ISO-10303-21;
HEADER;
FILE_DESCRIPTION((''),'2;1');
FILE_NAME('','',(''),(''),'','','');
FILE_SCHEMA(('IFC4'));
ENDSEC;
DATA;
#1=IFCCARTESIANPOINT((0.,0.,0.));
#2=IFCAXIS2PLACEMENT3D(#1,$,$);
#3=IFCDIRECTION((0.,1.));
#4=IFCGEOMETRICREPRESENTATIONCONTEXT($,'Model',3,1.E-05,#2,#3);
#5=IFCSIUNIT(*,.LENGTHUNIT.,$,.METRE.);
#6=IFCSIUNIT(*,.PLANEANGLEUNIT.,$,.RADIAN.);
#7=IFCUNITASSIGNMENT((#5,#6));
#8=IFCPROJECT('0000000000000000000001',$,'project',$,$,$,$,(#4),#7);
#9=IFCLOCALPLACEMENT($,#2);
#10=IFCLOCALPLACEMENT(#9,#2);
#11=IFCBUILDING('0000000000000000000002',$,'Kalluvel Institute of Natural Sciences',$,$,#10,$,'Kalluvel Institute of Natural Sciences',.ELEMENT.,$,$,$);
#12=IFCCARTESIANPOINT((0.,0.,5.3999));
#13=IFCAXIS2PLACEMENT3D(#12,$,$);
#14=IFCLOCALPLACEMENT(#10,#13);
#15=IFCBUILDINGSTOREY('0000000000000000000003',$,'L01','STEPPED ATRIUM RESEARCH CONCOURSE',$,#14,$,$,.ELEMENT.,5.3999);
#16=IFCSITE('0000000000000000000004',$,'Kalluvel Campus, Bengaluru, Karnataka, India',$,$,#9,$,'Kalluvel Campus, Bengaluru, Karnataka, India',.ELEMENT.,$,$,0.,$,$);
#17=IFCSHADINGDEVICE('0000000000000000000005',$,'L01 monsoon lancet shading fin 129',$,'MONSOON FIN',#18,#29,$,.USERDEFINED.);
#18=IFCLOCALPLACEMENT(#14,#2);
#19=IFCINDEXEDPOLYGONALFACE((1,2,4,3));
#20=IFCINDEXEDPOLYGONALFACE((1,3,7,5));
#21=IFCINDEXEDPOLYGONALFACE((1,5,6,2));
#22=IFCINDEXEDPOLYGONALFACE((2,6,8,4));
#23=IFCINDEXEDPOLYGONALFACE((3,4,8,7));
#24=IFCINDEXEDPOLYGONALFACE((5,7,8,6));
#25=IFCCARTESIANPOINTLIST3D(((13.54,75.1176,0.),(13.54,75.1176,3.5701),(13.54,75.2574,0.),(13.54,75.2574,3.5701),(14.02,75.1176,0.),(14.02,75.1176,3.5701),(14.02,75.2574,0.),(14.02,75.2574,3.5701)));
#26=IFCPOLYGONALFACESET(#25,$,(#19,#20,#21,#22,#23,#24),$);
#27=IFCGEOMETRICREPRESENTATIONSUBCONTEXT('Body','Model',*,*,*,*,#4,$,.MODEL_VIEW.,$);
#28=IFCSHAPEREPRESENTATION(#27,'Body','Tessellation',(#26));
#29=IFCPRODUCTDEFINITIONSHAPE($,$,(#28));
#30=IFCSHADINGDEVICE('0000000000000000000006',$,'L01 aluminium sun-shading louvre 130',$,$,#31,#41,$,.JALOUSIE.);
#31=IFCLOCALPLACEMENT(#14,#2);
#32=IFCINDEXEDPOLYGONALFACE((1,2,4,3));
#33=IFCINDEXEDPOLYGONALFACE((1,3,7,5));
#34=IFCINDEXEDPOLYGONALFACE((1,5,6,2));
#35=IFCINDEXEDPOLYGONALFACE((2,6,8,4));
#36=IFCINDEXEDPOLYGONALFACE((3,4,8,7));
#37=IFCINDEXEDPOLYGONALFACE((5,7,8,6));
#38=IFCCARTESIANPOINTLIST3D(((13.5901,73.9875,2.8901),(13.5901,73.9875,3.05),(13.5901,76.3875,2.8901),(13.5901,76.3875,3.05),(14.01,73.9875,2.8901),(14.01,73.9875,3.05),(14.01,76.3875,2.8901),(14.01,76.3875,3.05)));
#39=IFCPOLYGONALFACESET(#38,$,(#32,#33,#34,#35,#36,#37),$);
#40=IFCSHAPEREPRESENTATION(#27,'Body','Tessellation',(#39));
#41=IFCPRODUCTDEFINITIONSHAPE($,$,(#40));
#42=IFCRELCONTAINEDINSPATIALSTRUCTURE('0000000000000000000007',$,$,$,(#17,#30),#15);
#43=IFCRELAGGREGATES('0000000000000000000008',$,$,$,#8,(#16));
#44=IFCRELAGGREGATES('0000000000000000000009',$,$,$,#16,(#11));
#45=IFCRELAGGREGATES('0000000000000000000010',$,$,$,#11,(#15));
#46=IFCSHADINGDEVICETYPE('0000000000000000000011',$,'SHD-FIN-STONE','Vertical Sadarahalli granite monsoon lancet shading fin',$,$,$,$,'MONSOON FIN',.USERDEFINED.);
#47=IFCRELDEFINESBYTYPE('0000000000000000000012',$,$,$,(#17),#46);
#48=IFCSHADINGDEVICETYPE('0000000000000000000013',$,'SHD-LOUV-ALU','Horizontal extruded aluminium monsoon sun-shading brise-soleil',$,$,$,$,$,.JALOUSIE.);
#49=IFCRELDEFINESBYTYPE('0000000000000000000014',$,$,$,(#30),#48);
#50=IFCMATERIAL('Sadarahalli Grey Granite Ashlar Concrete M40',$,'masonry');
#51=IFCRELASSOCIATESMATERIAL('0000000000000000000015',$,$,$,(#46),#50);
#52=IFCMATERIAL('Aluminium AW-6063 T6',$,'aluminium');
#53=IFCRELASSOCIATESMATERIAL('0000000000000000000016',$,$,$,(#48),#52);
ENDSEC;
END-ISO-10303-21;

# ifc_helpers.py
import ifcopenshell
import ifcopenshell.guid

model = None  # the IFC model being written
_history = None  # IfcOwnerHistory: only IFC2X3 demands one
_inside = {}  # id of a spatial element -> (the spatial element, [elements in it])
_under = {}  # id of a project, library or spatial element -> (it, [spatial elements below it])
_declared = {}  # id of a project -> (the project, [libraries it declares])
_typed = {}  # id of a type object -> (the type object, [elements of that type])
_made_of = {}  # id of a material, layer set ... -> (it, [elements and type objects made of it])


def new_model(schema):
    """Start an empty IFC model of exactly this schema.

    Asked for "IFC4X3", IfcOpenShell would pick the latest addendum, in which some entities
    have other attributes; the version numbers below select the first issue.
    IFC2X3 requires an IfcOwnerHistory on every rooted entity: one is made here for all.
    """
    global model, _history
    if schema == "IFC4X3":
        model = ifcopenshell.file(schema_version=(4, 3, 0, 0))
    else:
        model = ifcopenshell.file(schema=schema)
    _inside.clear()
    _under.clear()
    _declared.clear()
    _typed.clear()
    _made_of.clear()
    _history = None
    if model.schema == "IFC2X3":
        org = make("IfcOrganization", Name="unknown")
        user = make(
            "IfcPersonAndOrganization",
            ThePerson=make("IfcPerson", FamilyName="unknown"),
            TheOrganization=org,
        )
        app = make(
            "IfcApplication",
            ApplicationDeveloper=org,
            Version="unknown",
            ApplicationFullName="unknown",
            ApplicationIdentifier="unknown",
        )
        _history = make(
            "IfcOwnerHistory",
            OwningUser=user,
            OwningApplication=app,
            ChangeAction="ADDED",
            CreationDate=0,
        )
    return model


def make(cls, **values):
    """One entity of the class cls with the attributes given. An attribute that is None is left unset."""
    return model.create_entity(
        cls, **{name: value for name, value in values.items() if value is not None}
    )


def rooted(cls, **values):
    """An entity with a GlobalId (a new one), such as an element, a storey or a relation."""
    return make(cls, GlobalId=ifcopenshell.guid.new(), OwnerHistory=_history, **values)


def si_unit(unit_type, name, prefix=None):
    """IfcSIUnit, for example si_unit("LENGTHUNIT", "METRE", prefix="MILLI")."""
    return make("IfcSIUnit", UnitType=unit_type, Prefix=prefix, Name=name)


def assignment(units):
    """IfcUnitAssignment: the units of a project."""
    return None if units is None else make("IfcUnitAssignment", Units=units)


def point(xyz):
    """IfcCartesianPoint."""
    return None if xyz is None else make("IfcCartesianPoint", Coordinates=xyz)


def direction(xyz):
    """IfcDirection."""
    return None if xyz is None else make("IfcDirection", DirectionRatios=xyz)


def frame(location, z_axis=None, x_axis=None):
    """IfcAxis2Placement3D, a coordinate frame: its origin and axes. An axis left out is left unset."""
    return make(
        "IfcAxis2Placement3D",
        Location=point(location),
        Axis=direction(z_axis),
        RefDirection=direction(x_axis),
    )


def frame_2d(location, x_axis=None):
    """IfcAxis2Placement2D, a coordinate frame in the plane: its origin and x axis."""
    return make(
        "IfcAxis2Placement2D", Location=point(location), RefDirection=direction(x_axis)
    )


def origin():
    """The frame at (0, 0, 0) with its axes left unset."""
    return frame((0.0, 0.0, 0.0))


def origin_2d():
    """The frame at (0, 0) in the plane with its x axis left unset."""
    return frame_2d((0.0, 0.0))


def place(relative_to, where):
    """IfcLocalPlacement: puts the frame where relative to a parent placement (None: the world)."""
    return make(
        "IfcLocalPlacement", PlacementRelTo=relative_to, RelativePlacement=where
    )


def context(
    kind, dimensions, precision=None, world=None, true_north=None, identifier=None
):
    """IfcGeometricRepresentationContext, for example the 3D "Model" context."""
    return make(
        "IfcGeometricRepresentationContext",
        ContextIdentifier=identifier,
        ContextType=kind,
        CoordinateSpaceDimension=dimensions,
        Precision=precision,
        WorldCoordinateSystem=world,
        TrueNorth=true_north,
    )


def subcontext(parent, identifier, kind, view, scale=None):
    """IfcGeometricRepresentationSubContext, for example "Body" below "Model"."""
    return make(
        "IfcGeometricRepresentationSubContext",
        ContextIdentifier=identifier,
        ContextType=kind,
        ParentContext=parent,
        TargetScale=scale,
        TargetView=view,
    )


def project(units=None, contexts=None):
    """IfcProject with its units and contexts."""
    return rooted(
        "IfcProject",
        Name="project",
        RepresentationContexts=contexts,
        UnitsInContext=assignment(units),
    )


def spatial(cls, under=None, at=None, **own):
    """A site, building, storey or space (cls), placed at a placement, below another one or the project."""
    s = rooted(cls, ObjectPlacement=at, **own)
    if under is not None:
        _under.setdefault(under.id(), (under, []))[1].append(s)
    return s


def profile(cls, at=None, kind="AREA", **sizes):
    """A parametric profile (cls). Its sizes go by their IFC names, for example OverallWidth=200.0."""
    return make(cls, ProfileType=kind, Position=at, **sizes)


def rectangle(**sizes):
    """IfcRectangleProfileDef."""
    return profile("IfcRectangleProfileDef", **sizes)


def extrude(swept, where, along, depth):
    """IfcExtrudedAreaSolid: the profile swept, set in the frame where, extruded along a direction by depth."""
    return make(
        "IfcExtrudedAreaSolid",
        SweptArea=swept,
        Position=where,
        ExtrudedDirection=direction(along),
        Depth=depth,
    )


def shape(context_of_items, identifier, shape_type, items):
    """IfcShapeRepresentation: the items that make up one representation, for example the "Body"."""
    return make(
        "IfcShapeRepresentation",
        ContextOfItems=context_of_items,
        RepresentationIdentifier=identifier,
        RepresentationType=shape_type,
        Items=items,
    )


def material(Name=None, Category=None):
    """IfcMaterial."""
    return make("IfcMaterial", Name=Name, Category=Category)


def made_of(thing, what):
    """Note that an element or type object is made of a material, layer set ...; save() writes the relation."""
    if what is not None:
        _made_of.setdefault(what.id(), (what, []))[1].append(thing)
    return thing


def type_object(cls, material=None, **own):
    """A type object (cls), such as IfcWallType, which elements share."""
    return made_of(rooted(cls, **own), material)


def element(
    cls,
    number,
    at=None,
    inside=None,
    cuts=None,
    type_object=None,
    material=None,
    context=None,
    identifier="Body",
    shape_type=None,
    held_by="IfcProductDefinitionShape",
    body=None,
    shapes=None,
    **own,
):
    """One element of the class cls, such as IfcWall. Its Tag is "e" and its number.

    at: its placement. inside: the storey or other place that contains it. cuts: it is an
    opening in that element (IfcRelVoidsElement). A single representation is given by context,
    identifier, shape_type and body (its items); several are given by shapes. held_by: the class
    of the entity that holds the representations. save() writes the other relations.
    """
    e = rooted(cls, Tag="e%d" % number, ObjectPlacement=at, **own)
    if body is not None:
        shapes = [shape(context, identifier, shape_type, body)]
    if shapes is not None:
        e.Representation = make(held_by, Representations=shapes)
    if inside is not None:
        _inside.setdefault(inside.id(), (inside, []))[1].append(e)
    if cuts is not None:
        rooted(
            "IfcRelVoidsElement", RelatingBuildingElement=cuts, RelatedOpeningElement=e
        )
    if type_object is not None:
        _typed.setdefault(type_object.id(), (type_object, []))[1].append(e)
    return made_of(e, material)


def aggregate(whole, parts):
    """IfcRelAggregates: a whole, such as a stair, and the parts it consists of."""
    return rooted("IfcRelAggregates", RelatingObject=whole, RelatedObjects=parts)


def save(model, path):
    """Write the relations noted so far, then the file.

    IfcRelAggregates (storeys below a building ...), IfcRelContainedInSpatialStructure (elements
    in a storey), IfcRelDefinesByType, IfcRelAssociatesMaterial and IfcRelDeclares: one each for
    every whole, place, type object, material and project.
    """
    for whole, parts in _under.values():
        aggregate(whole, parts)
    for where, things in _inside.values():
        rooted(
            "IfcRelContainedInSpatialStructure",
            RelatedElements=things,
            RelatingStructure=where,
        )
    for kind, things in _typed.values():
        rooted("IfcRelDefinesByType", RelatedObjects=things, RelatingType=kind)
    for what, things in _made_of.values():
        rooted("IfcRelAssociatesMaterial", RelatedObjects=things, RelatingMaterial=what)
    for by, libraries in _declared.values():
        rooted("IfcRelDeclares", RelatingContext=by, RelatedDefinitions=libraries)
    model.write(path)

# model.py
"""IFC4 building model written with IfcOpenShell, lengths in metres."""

from ifc_helpers import new_model, si_unit, direction, frame, origin, origin_2d, place, context, subcontext, project, spatial, rectangle, extrude, material, type_object, element, save


model = new_model("IFC4")

# Units and contexts
model_context = context("Model", 3, precision=1e-05, world=origin(), true_north=direction((0.0, 1.0)))
body_context = subcontext(model_context, "Body", "Model", "MODEL_VIEW")
ifc_project = project(units=[si_unit("LENGTHUNIT", "METRE"), si_unit("PLANEANGLEUNIT", "RADIAN")], contexts=[model_context])

# Site, building, storey
site_placement = place(None, origin())
site = spatial("IfcSite", under=ifc_project, at=site_placement, Name="Kalluvel Campus, Bengaluru, Karnataka, India", LongName="Kalluvel Campus, Bengaluru, Karnataka, India", CompositionType="ELEMENT", RefElevation=0.0)
building_placement = place(site_placement, origin())
building = spatial("IfcBuilding", under=site, at=building_placement, Name="Kalluvel Institute of Natural Sciences", LongName="Kalluvel Institute of Natural Sciences", CompositionType="ELEMENT")
storey_placement = place(building_placement, frame((0.0, 0.0, 5.3999)))
storey = spatial("IfcBuildingStorey", under=building, at=storey_placement, Name="L01", Description="STEPPED ATRIUM RESEARCH CONCOURSE", CompositionType="ELEMENT", Elevation=5.3999)

# Shared definitions
ifc_material_1 = material(Name="Aluminium AW-6063 T6", Category="aluminium")

# Shared definitions
ifc_material_2 = material(Name="Sadarahalli Grey Granite Ashlar Concrete M40", Category="masonry")

# Shading devices
shading_device_type_1 = type_object("IfcShadingDeviceType", Name="SHD-FIN-STONE", Description="Vertical Sadarahalli granite monsoon lancet shading fin", ElementType="MONSOON FIN", PredefinedType="USERDEFINED", material=ifc_material_2)
shading_device_1_placement = place(storey_placement, frame((13.78, 75.1875, 0.0), z_axis=(0.0, 0.0, 1.0), x_axis=(0.0, 1.0, 0.0)))
element("IfcShadingDevice", 1, at=shading_device_1_placement, inside=storey, type_object=shading_device_type_1, Name="L01 monsoon lancet shading fin 129", ObjectType="MONSOON FIN", PredefinedType="USERDEFINED", context=body_context, shape_type="SweptSolid", body=[
    extrude(rectangle(XDim=0.1399, YDim=0.48, at=origin_2d()), origin(), (0.0, 0.0, 1.0), 3.5701),
])
shading_device_type_2 = type_object("IfcShadingDeviceType", Name="SHD-LOUV-ALU", Description="Horizontal extruded aluminium monsoon sun-shading brise-soleil", PredefinedType="JALOUSIE", material=ifc_material_1)
shading_device_2_placement = place(storey_placement, frame((13.8, 75.1875, 2.8901), z_axis=(0.0, 0.0, 1.0), x_axis=(0.0, 1.0, 0.0)))
element("IfcShadingDevice", 2, at=shading_device_2_placement, inside=storey, type_object=shading_device_type_2, Name="L01 aluminium sun-shading louvre 130", PredefinedType="JALOUSIE", context=body_context, shape_type="SweptSolid", body=[
    extrude(rectangle(XDim=2.3999, YDim=0.4199, at=origin_2d()), origin(), (0.0, 0.0, 1.0), 0.1599),
])

save(model, "model.ifc")
